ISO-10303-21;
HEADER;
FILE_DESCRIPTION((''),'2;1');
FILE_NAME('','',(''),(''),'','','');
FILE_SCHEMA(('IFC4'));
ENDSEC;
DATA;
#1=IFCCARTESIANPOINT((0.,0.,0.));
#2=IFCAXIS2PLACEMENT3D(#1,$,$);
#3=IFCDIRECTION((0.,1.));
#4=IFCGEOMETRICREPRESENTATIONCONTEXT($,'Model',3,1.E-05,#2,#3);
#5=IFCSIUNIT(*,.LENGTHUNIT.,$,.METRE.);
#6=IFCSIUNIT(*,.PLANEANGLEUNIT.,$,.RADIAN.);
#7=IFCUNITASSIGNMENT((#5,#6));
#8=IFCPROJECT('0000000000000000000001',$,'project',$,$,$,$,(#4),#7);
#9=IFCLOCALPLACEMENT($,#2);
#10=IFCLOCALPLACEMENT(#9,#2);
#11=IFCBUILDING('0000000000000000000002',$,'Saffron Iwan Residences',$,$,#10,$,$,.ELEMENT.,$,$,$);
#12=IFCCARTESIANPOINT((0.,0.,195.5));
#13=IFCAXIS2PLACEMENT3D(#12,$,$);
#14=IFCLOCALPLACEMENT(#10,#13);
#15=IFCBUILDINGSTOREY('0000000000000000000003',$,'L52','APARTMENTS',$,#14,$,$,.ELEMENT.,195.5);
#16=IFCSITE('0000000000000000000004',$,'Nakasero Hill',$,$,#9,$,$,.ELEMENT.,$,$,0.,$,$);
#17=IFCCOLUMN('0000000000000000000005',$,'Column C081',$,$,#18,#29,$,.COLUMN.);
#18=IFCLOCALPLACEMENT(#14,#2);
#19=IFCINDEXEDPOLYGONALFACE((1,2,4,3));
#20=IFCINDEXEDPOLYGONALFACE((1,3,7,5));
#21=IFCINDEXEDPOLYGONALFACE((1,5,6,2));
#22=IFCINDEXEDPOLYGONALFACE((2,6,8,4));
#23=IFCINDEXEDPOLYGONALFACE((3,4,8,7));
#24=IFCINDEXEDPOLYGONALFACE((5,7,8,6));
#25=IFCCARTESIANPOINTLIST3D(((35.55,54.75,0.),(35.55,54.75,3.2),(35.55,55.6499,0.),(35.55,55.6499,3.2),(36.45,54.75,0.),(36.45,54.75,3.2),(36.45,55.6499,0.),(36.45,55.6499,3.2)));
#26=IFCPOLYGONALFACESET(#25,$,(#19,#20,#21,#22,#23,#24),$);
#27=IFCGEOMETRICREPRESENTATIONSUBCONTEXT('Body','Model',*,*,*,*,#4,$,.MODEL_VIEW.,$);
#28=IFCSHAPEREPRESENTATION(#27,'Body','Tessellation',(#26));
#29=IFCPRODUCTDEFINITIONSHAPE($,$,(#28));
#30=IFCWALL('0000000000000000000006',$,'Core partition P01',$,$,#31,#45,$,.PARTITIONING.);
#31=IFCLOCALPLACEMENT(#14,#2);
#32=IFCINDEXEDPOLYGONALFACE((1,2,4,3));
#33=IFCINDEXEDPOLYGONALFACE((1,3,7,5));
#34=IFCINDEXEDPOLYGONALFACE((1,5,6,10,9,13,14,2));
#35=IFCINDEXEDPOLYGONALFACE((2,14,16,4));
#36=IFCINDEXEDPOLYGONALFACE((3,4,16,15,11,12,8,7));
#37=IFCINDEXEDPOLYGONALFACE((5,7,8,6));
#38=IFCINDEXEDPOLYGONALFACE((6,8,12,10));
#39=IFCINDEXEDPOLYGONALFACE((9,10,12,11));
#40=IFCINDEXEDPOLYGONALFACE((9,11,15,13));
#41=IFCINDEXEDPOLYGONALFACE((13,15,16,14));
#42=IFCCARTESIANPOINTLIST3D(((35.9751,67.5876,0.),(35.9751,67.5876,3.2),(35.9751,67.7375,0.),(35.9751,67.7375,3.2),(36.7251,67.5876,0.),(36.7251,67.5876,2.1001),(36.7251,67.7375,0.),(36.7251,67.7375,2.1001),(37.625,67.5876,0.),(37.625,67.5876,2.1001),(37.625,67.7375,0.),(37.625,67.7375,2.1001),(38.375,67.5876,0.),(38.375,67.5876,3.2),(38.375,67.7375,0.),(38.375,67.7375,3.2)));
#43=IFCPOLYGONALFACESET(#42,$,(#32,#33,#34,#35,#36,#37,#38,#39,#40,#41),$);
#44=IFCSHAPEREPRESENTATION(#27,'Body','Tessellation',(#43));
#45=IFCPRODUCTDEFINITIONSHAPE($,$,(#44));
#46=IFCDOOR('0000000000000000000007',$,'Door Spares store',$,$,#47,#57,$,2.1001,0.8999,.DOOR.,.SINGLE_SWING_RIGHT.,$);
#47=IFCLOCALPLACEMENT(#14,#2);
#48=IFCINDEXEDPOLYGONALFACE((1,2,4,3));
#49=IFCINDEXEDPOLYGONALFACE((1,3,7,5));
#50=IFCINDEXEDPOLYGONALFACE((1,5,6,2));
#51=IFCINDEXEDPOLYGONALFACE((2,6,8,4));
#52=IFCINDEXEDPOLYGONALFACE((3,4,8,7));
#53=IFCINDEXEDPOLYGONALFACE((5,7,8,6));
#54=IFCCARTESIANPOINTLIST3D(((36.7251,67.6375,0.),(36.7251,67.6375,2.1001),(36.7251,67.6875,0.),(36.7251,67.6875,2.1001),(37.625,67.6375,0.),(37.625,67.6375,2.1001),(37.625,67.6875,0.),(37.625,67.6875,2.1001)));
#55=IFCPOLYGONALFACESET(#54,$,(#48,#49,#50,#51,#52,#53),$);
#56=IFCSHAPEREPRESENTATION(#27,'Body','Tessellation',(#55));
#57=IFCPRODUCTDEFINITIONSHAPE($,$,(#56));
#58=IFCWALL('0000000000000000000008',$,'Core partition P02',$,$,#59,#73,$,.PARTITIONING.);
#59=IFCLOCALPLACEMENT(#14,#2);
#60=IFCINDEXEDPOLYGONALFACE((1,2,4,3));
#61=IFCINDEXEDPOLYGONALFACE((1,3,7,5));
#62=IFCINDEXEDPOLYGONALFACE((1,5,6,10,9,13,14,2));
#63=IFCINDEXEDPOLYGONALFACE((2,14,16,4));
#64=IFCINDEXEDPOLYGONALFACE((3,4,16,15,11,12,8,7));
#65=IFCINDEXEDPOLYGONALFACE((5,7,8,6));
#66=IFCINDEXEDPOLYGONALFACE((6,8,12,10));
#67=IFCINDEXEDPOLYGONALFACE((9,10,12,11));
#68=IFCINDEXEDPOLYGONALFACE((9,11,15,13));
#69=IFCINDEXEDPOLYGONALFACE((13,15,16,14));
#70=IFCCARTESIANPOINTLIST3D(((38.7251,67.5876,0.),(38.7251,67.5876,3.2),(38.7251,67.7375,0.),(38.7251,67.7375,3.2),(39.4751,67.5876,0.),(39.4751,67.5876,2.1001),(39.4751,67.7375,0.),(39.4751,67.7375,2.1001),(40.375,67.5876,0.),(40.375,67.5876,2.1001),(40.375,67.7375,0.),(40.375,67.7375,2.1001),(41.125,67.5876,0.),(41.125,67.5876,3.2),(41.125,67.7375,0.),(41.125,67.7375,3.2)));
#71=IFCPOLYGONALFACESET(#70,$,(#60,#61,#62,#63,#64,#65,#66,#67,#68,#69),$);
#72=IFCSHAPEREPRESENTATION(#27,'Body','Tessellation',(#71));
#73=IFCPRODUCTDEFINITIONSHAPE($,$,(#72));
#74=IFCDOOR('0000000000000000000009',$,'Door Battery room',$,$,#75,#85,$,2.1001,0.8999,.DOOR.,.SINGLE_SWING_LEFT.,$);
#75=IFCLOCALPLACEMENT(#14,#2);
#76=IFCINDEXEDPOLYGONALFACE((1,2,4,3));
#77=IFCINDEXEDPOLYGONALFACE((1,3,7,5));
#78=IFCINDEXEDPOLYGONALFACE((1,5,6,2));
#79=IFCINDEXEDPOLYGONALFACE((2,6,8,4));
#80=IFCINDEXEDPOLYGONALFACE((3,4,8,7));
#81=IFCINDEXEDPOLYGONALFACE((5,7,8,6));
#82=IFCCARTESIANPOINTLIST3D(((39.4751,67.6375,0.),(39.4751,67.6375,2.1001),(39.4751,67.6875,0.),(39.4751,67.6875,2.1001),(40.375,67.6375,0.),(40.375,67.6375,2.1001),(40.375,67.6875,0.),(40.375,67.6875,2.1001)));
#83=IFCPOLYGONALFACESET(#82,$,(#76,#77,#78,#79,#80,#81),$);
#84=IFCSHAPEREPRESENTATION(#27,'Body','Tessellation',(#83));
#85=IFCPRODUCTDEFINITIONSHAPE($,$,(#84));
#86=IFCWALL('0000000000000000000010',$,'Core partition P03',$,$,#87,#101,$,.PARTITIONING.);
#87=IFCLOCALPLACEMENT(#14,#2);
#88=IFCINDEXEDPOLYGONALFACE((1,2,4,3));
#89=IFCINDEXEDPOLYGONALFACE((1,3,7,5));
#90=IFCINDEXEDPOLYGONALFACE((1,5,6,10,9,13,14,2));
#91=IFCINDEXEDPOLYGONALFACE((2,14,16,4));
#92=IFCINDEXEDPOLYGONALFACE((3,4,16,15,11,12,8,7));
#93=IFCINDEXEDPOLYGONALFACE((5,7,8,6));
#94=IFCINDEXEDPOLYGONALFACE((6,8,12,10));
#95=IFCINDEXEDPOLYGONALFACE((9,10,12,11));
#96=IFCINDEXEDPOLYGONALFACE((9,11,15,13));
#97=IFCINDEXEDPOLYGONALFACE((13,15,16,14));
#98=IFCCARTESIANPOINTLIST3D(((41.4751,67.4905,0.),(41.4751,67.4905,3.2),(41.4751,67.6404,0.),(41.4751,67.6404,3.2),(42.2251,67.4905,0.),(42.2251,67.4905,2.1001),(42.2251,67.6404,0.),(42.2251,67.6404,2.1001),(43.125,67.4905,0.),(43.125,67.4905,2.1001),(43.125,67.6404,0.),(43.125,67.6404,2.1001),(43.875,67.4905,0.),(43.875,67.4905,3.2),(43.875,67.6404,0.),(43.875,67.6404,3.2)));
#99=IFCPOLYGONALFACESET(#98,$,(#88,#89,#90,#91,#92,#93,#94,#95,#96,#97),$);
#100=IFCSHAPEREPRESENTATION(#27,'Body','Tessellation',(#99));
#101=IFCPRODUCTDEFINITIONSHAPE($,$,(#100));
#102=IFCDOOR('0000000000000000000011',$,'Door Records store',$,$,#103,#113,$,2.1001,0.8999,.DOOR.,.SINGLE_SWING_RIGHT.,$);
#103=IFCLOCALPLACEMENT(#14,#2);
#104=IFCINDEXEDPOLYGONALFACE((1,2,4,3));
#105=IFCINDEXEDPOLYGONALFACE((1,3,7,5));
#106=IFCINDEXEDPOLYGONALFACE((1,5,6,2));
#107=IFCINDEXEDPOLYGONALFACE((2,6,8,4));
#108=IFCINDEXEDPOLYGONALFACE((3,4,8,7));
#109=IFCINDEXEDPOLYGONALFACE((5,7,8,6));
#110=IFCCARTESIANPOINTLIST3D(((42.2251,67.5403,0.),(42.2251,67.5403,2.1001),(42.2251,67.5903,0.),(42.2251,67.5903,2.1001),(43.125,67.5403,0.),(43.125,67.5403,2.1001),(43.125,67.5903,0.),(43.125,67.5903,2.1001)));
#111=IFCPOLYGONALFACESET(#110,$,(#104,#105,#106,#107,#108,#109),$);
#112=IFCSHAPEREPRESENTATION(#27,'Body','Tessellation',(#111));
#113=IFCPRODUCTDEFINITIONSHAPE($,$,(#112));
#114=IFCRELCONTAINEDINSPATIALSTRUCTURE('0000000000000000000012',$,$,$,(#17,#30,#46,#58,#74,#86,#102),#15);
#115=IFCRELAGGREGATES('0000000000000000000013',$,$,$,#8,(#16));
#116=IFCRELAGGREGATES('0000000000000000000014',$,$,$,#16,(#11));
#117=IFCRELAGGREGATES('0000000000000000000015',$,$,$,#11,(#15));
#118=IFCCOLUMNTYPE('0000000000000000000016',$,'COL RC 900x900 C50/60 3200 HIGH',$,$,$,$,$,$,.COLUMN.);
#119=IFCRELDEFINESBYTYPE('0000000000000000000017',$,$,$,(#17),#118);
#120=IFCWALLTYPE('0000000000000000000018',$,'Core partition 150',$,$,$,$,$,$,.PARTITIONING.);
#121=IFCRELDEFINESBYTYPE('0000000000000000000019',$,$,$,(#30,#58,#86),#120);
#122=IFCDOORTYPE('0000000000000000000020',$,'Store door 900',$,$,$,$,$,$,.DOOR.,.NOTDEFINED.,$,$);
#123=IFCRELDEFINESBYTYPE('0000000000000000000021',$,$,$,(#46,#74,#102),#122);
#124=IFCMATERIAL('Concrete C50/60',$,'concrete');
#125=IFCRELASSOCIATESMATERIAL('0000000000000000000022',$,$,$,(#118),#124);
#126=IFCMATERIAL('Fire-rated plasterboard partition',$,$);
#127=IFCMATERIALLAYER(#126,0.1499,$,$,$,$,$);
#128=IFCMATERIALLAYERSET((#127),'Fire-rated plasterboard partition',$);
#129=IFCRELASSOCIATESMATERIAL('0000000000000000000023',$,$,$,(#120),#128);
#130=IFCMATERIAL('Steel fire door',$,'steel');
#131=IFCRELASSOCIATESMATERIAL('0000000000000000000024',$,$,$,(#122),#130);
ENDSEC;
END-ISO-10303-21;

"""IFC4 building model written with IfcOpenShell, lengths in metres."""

from ifc_helpers import new_model, si_unit, direction, frame, frame_2d, origin, origin_2d, place, context, subcontext, project, spatial, rectangle, extrude, source, transform, mapped, material, layer, layer_set, material_profile, profile_set, type_object, element, fill, save


model = new_model("IFC4")

# Units and contexts
model_context = context("Model", 3, precision=1e-05, world=origin(), true_north=direction((0.0, 1.0)))
body_context = subcontext(model_context, "Body", "Model", "MODEL_VIEW")
ifc_project = project(units=[si_unit("LENGTHUNIT", "METRE"), si_unit("PLANEANGLEUNIT", "RADIAN")], contexts=[model_context])

# Site, building, storey
site_placement = place(None, origin())
site = spatial("IfcSite", under=ifc_project, at=site_placement, Name="Nakasero Hill", CompositionType="ELEMENT", RefElevation=0.0)
building_placement = place(site_placement, origin())
building = spatial("IfcBuilding", under=site, at=building_placement, Name="Saffron Iwan Residences", CompositionType="ELEMENT")
storey_placement = place(building_placement, frame((0.0, 0.0, 195.5)))
storey = spatial("IfcBuildingStorey", under=building, at=storey_placement, Name="L52", Description="APARTMENTS", CompositionType="ELEMENT", Elevation=195.5)

# Column
ifc_material_1 = material(Name="Concrete C50/60", Category="concrete")
ifc_material_profile = material_profile(ifc_material_1, rectangle(XDim=0.8999, YDim=0.8999, at=origin_2d()), Name="RC 900x900")
ifc_profile_set = profile_set([ifc_material_profile], Name="Concrete C50/60")
column_type = type_object("IfcColumnType", Name="COL RC 900x900 C50/60 3200 HIGH", PredefinedType="COLUMN", material=ifc_profile_set)
shared_shape = source(origin(), body_context, "Body", "SweptSolid", [
    extrude(rectangle(XDim=0.8999, YDim=0.8999, at=origin_2d()), origin(), (0.0, 0.0, 1.0), 3.2),
])
column_placement = place(storey_placement, frame((36.0, 55.2, 0.0), z_axis=(0.0, 0.0, 1.0), x_axis=(1.0, 0.0, 0.0)))
element("IfcColumn", 1, at=column_placement, inside=storey, type_object=column_type, Name="Column C081", PredefinedType="COLUMN", context=body_context, shape_type="MappedRepresentation", body=[
    mapped(shared_shape, transform((0.0, 0.0, 0.0))),
])

# Walls, openings, doors
ifc_material_2 = material(Name="Fire-rated plasterboard partition")
ifc_layer_1 = layer(ifc_material_2, 0.1499)
ifc_layer_set_1 = layer_set([ifc_layer_1], Name="Fire-rated plasterboard partition")
wall_type_1 = type_object("IfcWallType", Name="Core partition 150", PredefinedType="PARTITIONING", material=ifc_layer_set_1)
wall_1_placement = place(storey_placement, frame((35.9751, 67.6626, 0.0), z_axis=(0.0, 0.0, 1.0), x_axis=(1.0, 0.0, 0.0)))
wall_1 = element("IfcWall", 2, at=wall_1_placement, inside=storey, type_object=wall_type_1, Name="Core partition P01", PredefinedType="PARTITIONING", context=body_context, shape_type="SweptSolid", body=[
    extrude(rectangle(XDim=2.3999, YDim=0.1499, at=frame_2d((1.2, 0.0))), origin(), (0.0, 0.0, 1.0), 3.2),
])
opening_1_placement = place(wall_1_placement, frame((0.75, 0.0, 0.0)))
opening_1 = element("IfcOpeningElement", 3, at=opening_1_placement, cuts=wall_1, PredefinedType="OPENING", context=body_context, shape_type="SweptSolid", body=[
    extrude(rectangle(XDim=0.8999, YDim=2.1001, at=frame_2d((0.45, 1.05))), frame((0.0, 0.085, 0.0), z_axis=(0.0, -1.0, 0.0), x_axis=(1.0, 0.0, 0.0)), (0.0, 0.0, 1.0), 0.1699),
])
ifc_material_3 = material(Name="Steel fire door", Category="steel")
door_type_1 = type_object("IfcDoorType", Name="Store door 900", OperationType="NOTDEFINED", PredefinedType="DOOR", material=ifc_material_3)
door_1_placement = place(opening_1_placement, origin())
door_1 = element("IfcDoor", 4, at=door_1_placement, inside=storey, type_object=door_type_1, Name="Door Spares store", OperationType="SINGLE_SWING_RIGHT", OverallHeight=2.1001, OverallWidth=0.8999, PredefinedType="DOOR", context=body_context, shape_type="SweptSolid", body=[
    extrude(rectangle(XDim=0.8999, YDim=2.1001, at=frame_2d((0.45, 1.05))), frame((0.0, 0.0249, 0.0), z_axis=(0.0, -1.0, 0.0), x_axis=(1.0, 0.0, 0.0)), (0.0, 0.0, 1.0), 0.05),
])
fill(opening_1, door_1)
wall_2_placement = place(storey_placement, frame((38.7251, 67.6626, 0.0), z_axis=(0.0, 0.0, 1.0), x_axis=(1.0, 0.0, 0.0)))
wall_2 = element("IfcWall", 5, at=wall_2_placement, inside=storey, type_object=wall_type_1, Name="Core partition P02", PredefinedType="PARTITIONING", context=body_context, shape_type="SweptSolid", body=[
    extrude(rectangle(XDim=2.3999, YDim=0.1499, at=frame_2d((1.2, 0.0))), origin(), (0.0, 0.0, 1.0), 3.2),
])
opening_2_placement = place(wall_2_placement, frame((0.75, 0.0, 0.0)))
opening_2 = element("IfcOpeningElement", 6, at=opening_2_placement, cuts=wall_2, PredefinedType="OPENING", context=body_context, shape_type="SweptSolid", body=[
    extrude(rectangle(XDim=0.8999, YDim=2.1001, at=frame_2d((0.45, 1.05))), frame((0.0, 0.085, 0.0), z_axis=(0.0, -1.0, 0.0), x_axis=(1.0, 0.0, 0.0)), (0.0, 0.0, 1.0), 0.1699),
])
door_2_placement = place(opening_2_placement, origin())
door_2 = element("IfcDoor", 7, at=door_2_placement, inside=storey, type_object=door_type_1, Name="Door Battery room", OperationType="SINGLE_SWING_LEFT", OverallHeight=2.1001, OverallWidth=0.8999, PredefinedType="DOOR", context=body_context, shape_type="SweptSolid", body=[
    extrude(rectangle(XDim=0.8999, YDim=2.1001, at=frame_2d((0.45, 1.05))), frame((0.0, 0.0249, 0.0), z_axis=(0.0, -1.0, 0.0), x_axis=(1.0, 0.0, 0.0)), (0.0, 0.0, 1.0), 0.05),
])
fill(opening_2, door_2)
wall_3_placement = place(storey_placement, frame((41.4751, 67.5654, 0.0), z_axis=(0.0, 0.0, 1.0), x_axis=(1.0, 0.0, 0.0)))
wall_3 = element("IfcWall", 8, at=wall_3_placement, inside=storey, type_object=wall_type_1, Name="Core partition P03", PredefinedType="PARTITIONING", context=body_context, shape_type="SweptSolid", body=[
    extrude(rectangle(XDim=2.3999, YDim=0.1499, at=frame_2d((1.2, 0.0))), origin(), (0.0, 0.0, 1.0), 3.2),
])
opening_3_placement = place(wall_3_placement, frame((0.75, 0.0, 0.0)))
opening_3 = element("IfcOpeningElement", 9, at=opening_3_placement, cuts=wall_3, PredefinedType="OPENING", context=body_context, shape_type="SweptSolid", body=[
    extrude(rectangle(XDim=0.8999, YDim=2.1001, at=frame_2d((0.45, 1.05))), frame((0.0, 0.085, 0.0), z_axis=(0.0, -1.0, 0.0), x_axis=(1.0, 0.0, 0.0)), (0.0, 0.0, 1.0), 0.1699),
])
door_3_placement = place(opening_3_placement, origin())
door_3 = element("IfcDoor", 10, at=door_3_placement, inside=storey, type_object=door_type_1, Name="Door Records store", OperationType="SINGLE_SWING_RIGHT", OverallHeight=2.1001, OverallWidth=0.8999, PredefinedType="DOOR", context=body_context, shape_type="SweptSolid", body=[
    extrude(rectangle(XDim=0.8999, YDim=2.1001, at=frame_2d((0.45, 1.05))), frame((0.0, 0.0249, 0.0), z_axis=(0.0, -1.0, 0.0), x_axis=(1.0, 0.0, 0.0)), (0.0, 0.0, 1.0), 0.05),
])
fill(opening_3, door_3)

save(model, "model.ifc")
